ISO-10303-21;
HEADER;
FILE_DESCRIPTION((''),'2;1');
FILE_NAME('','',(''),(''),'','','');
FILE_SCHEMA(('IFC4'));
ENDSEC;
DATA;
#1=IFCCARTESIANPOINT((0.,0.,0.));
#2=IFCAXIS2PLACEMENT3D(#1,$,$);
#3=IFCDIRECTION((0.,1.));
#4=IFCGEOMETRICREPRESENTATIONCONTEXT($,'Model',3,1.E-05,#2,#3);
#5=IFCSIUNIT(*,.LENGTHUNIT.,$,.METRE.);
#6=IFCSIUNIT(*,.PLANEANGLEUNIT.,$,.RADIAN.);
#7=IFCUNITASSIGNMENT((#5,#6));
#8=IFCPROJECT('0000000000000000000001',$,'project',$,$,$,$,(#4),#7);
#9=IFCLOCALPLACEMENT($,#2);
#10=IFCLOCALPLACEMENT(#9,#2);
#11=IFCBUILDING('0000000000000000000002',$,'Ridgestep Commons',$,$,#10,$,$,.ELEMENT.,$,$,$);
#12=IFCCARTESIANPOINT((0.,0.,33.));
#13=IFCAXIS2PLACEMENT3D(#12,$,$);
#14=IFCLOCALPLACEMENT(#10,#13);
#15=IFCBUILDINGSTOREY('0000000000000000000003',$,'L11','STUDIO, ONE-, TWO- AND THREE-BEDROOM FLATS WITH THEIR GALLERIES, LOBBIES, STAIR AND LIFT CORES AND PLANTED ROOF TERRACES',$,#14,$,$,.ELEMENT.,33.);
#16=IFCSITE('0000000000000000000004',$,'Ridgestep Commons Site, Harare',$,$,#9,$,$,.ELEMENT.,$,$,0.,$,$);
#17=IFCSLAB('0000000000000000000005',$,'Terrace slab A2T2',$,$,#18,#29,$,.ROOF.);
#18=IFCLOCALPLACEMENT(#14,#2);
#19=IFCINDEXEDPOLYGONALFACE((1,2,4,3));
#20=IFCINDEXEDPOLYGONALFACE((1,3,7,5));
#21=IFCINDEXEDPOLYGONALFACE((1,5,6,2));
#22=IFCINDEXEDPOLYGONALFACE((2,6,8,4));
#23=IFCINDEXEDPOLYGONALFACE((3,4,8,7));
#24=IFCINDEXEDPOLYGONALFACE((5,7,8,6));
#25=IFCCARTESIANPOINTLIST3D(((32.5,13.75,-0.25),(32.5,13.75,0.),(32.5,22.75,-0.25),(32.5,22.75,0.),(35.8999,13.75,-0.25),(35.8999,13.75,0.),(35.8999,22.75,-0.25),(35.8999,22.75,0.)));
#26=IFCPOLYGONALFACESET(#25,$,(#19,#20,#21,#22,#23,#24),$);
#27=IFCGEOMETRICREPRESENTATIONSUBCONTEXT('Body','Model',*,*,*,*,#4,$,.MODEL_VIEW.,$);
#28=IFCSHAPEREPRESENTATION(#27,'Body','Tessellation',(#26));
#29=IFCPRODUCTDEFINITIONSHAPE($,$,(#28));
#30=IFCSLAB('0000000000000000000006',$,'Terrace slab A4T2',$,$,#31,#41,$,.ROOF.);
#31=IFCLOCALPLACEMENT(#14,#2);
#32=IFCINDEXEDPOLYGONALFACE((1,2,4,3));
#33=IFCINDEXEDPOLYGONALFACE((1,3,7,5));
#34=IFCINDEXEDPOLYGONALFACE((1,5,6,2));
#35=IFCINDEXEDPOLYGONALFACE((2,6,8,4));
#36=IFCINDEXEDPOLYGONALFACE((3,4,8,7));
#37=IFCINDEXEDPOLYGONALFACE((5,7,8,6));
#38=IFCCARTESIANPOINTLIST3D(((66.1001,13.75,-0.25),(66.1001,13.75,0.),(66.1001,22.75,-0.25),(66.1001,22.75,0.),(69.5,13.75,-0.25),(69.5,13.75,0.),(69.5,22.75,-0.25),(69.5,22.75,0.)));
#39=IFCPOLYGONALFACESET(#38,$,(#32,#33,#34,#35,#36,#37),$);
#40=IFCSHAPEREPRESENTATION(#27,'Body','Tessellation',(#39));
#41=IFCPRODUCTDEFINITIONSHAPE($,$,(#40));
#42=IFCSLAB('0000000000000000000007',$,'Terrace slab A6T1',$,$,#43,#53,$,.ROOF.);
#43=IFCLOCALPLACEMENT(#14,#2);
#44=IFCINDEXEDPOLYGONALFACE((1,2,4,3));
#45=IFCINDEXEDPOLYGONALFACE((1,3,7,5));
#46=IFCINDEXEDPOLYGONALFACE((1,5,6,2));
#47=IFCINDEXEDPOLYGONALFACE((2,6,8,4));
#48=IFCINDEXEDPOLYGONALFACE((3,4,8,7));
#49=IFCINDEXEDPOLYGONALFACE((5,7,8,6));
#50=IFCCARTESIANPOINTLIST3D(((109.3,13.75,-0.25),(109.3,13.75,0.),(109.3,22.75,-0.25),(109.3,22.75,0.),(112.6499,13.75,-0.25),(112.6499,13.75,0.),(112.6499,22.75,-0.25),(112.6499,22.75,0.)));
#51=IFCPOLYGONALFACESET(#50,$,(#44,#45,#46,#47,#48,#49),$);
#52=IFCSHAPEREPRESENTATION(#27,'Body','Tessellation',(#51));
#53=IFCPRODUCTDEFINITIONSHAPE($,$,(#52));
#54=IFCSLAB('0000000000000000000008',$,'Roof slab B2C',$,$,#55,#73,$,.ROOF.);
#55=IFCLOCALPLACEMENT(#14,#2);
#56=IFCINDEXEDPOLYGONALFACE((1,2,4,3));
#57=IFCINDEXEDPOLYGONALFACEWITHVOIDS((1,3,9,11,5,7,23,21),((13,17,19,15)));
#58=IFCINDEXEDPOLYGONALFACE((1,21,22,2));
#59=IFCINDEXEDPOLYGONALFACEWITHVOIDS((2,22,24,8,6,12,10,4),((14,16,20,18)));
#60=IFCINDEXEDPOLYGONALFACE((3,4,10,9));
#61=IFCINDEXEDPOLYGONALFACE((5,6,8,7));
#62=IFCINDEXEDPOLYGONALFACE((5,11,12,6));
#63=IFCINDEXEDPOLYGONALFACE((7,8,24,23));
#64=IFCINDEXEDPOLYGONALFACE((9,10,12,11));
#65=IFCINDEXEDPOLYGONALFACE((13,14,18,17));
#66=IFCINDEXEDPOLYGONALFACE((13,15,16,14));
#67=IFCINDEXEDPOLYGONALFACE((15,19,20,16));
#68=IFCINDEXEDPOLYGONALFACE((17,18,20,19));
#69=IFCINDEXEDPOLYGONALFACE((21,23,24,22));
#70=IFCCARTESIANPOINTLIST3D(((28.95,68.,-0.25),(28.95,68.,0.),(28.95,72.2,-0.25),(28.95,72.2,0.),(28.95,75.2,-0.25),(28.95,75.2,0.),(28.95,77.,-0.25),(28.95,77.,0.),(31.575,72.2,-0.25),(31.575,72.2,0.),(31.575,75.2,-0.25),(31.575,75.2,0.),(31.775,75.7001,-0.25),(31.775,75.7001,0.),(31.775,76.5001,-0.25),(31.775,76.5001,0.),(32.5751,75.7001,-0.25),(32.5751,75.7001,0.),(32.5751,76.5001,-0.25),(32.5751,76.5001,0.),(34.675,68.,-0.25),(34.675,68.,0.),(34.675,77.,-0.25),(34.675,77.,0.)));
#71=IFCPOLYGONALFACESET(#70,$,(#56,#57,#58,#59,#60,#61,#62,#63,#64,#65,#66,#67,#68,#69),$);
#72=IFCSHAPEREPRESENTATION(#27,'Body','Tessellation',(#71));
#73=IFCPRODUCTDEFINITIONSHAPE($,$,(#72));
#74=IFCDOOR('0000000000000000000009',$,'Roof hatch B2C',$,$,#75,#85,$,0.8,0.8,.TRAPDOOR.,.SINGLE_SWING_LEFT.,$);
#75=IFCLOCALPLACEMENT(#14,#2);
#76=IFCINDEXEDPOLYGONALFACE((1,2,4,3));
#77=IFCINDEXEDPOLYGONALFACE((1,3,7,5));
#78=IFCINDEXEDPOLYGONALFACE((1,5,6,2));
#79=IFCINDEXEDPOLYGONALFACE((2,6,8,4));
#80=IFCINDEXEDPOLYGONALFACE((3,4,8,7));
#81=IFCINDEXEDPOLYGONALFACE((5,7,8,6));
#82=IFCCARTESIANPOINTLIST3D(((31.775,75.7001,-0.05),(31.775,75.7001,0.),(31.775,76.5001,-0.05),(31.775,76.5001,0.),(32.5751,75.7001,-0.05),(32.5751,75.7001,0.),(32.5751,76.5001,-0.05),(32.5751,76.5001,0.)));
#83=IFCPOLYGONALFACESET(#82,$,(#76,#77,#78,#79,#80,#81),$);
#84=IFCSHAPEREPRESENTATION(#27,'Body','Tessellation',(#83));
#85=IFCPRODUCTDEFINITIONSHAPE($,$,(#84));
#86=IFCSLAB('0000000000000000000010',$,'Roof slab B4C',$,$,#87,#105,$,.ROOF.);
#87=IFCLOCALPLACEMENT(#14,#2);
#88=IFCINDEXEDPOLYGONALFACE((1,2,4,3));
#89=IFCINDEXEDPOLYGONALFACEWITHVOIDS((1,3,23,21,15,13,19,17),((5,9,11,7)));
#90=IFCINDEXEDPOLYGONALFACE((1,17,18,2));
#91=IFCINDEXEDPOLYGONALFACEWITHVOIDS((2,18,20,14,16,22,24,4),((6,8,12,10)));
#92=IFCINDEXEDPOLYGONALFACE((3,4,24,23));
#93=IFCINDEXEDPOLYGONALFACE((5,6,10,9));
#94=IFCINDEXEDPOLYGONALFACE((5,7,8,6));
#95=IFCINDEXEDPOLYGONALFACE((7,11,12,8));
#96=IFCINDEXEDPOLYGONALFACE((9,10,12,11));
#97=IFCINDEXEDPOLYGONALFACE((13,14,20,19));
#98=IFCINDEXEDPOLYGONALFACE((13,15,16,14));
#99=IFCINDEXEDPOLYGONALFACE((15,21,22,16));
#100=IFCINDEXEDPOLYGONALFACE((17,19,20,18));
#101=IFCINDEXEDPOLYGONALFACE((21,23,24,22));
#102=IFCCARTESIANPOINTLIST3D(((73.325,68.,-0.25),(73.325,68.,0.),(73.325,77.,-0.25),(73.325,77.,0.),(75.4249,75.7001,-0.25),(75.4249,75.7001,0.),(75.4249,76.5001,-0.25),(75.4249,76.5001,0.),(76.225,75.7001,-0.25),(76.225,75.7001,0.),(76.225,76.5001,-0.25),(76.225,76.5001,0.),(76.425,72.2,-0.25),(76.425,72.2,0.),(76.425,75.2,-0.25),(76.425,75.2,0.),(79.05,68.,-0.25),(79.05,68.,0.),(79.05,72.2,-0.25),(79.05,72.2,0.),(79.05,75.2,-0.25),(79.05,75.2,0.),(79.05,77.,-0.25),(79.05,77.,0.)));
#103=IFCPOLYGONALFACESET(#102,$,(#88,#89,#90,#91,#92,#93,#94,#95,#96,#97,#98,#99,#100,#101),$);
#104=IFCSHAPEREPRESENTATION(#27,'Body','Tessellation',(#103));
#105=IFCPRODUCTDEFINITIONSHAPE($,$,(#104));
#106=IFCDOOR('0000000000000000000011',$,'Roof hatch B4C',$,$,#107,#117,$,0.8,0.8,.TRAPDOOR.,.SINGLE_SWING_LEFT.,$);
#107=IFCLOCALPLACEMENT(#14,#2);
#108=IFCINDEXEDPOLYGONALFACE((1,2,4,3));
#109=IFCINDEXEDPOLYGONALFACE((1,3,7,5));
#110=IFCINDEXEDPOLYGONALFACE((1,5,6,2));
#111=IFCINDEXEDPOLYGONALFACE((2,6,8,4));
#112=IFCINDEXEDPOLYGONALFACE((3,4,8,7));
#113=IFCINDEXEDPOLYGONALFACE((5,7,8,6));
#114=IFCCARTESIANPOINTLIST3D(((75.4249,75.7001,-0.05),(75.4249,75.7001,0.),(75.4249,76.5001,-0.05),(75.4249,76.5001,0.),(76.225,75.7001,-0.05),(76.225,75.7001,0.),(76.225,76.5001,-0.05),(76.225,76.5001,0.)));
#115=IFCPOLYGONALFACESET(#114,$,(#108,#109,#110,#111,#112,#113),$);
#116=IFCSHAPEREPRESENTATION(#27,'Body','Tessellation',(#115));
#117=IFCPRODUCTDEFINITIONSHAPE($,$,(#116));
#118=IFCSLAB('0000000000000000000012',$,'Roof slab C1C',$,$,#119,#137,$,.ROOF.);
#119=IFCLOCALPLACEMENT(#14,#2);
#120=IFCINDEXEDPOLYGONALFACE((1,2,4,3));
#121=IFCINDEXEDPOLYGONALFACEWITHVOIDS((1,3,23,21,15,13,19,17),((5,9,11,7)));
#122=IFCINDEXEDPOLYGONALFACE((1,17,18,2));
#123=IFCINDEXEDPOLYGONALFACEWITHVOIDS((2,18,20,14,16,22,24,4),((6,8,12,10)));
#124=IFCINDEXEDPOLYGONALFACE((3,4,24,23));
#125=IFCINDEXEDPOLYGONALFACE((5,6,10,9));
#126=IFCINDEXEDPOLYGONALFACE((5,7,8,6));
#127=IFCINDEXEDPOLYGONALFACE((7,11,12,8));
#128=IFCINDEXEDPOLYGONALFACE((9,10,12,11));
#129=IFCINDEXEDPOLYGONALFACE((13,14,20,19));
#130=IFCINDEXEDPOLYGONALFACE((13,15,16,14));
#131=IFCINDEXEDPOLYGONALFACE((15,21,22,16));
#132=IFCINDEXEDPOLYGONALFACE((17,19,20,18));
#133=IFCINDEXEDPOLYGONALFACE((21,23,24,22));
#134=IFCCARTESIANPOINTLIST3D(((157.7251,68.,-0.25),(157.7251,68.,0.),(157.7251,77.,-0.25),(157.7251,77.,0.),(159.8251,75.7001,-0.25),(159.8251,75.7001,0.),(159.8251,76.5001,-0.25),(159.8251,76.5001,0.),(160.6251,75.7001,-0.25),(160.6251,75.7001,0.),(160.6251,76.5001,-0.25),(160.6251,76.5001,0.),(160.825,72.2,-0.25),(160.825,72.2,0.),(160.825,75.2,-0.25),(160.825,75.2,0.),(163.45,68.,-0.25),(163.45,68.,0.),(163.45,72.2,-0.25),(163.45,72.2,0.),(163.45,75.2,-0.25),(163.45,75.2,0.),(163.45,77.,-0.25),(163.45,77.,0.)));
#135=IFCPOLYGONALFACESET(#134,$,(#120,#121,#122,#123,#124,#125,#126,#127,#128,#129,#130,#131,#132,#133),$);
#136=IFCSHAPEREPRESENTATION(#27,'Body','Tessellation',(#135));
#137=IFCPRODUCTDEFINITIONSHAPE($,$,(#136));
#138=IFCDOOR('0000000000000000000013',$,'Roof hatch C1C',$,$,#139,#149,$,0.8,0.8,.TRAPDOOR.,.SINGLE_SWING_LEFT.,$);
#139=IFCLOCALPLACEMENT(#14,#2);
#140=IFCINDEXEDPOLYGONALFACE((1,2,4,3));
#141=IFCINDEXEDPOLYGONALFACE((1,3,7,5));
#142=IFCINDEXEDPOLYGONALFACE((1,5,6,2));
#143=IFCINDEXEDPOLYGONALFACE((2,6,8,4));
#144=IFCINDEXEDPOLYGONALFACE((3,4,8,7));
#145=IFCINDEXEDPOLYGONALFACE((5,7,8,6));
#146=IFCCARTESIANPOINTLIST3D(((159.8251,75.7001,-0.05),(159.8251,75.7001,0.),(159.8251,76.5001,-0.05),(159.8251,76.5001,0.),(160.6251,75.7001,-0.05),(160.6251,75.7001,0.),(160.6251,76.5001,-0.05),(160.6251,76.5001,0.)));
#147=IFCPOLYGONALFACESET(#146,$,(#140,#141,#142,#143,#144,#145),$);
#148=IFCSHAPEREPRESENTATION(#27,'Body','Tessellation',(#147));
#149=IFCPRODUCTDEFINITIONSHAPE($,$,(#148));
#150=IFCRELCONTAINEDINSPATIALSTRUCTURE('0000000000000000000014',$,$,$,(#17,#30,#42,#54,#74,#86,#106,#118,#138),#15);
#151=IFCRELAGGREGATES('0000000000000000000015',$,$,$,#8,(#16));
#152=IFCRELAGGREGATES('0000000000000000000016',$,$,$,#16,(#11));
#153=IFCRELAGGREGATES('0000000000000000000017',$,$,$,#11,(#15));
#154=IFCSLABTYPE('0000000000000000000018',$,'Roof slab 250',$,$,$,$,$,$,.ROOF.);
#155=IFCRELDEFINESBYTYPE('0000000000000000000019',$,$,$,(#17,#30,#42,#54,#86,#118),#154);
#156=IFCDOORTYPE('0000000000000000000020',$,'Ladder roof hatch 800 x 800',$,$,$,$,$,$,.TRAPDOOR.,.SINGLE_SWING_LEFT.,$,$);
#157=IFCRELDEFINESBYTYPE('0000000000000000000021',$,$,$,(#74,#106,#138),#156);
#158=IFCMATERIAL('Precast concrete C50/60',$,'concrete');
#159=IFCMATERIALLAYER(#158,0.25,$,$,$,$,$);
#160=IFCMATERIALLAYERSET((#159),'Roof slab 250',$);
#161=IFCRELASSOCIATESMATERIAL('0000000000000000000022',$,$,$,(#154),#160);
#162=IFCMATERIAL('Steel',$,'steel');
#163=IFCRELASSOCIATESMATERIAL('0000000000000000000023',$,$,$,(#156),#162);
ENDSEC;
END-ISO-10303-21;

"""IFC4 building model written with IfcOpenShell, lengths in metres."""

from ifc_helpers import new_model, si_unit, direction, frame, origin, origin_2d, place, context, subcontext, project, spatial, polyline, rectangle, outline, extrude, material, layer, layer_set, type_object, element, fill, save


model = new_model("IFC4")

# Units and contexts
model_context = context("Model", 3, precision=1e-05, world=origin(), true_north=direction((0.0, 1.0)))
body_context = subcontext(model_context, "Body", "Model", "MODEL_VIEW")
ifc_project = project(units=[si_unit("LENGTHUNIT", "METRE"), si_unit("PLANEANGLEUNIT", "RADIAN")], contexts=[model_context])

# Site, building, storey
site_placement = place(None, origin())
site = spatial("IfcSite", under=ifc_project, at=site_placement, Name="Ridgestep Commons Site, Harare", CompositionType="ELEMENT", RefElevation=0.0)
building_placement = place(site_placement, origin())
building = spatial("IfcBuilding", under=site, at=building_placement, Name="Ridgestep Commons", CompositionType="ELEMENT")
storey_placement = place(building_placement, frame((0.0, 0.0, 33.0)))
storey = spatial("IfcBuildingStorey", under=building, at=storey_placement, Name="L11", Description="STUDIO, ONE-, TWO- AND THREE-BEDROOM FLATS WITH THEIR GALLERIES, LOBBIES, STAIR AND LIFT CORES AND PLANTED ROOF TERRACES", CompositionType="ELEMENT", Elevation=33.0)

# Slabs
ifc_material_1 = material(Name="Precast concrete C50/60", Category="concrete")
ifc_layer_1 = layer(ifc_material_1, 0.25)
ifc_layer_set_1 = layer_set([ifc_layer_1], Name="Roof slab 250")
slab_type_1 = type_object("IfcSlabType", Name="Roof slab 250", PredefinedType="ROOF", material=ifc_layer_set_1)
slab_1_placement = place(storey_placement, frame((0.0, 0.0, -0.25)))
element("IfcSlab", 1, at=slab_1_placement, inside=storey, type_object=slab_type_1, Name="Terrace slab A2T2", PredefinedType="ROOF", context=body_context, shape_type="SweptSolid", body=[
    extrude(outline(polyline([(35.8999, 13.75), (35.8999, 22.75), (32.5, 22.75), (32.5, 13.75), (35.8999, 13.75)])), origin(), (0.0, 0.0, 1.0), 0.25),
])
slab_2_placement = place(storey_placement, frame((0.0, 0.0, -0.25)))
element("IfcSlab", 2, at=slab_2_placement, inside=storey, type_object=slab_type_1, Name="Terrace slab A4T2", PredefinedType="ROOF", context=body_context, shape_type="SweptSolid", body=[
    extrude(outline(polyline([(69.5, 13.75), (69.5, 22.75), (66.1001, 22.75), (66.1001, 13.75), (69.5, 13.75)])), origin(), (0.0, 0.0, 1.0), 0.25),
])
slab_3_placement = place(storey_placement, frame((0.0, 0.0, -0.25)))
element("IfcSlab", 3, at=slab_3_placement, inside=storey, type_object=slab_type_1, Name="Terrace slab A6T1", PredefinedType="ROOF", context=body_context, shape_type="SweptSolid", body=[
    extrude(outline(polyline([(112.6499, 13.75), (112.6499, 22.75), (109.3, 22.75), (109.3, 13.75), (112.6499, 13.75)])), origin(), (0.0, 0.0, 1.0), 0.25),
])

# Slabs, openings, doors
slab_4_placement = place(storey_placement, frame((0.0, 0.0, -0.25)))
slab_4 = element("IfcSlab", 4, at=slab_4_placement, inside=storey, type_object=slab_type_1, Name="Roof slab B2C", PredefinedType="ROOF", context=body_context, shape_type="SweptSolid", body=[
    extrude(outline(polyline([(28.95, 77.0), (28.95, 75.2), (31.575, 75.2), (31.575, 72.2), (28.95, 72.2), (28.95, 68.0), (34.675, 68.0), (34.675, 77.0), (28.95, 77.0)])), origin(), (0.0, 0.0, 1.0), 0.25),
])
opening_1_placement = place(slab_4_placement, frame((32.175, 76.1001, 0.0)))
opening_1 = element("IfcOpeningElement", 5, at=opening_1_placement, cuts=slab_4, PredefinedType="OPENING", context=body_context, shape_type="SweptSolid", body=[
    extrude(rectangle(XDim=0.8, YDim=0.8, at=origin_2d()), origin(), (0.0, 0.0, 1.0), 0.25),
])
ifc_material_2 = material(Name="Steel", Category="steel")
door_type = type_object("IfcDoorType", Name="Ladder roof hatch 800 x 800", OperationType="SINGLE_SWING_LEFT", PredefinedType="TRAPDOOR", material=ifc_material_2)
door_1_placement = place(opening_1_placement, frame((0.0, 0.0, 0.2)))
door_1 = element("IfcDoor", 6, at=door_1_placement, inside=storey, type_object=door_type, Name="Roof hatch B2C", OperationType="SINGLE_SWING_LEFT", OverallHeight=0.8, OverallWidth=0.8, PredefinedType="TRAPDOOR", context=body_context, shape_type="SweptSolid", body=[
    extrude(rectangle(XDim=0.8, YDim=0.8, at=origin_2d()), origin(), (0.0, 0.0, 1.0), 0.05),
])
fill(opening_1, door_1)
slab_5_placement = place(storey_placement, frame((0.0, 0.0, -0.25)))
slab_5 = element("IfcSlab", 7, at=slab_5_placement, inside=storey, type_object=slab_type_1, Name="Roof slab B4C", PredefinedType="ROOF", context=body_context, shape_type="SweptSolid", body=[
    extrude(outline(polyline([(79.05, 68.0), (79.05, 72.2), (76.425, 72.2), (76.425, 75.2), (79.05, 75.2), (79.05, 77.0), (73.325, 77.0), (73.325, 68.0), (79.05, 68.0)])), origin(), (0.0, 0.0, 1.0), 0.25),
])
opening_2_placement = place(slab_5_placement, frame((75.825, 76.1001, 0.0)))
opening_2 = element("IfcOpeningElement", 8, at=opening_2_placement, cuts=slab_5, PredefinedType="OPENING", context=body_context, shape_type="SweptSolid", body=[
    extrude(rectangle(XDim=0.8, YDim=0.8, at=origin_2d()), origin(), (0.0, 0.0, 1.0), 0.25),
])
door_2_placement = place(opening_2_placement, frame((0.0, 0.0, 0.2)))
door_2 = element("IfcDoor", 9, at=door_2_placement, inside=storey, type_object=door_type, Name="Roof hatch B4C", OperationType="SINGLE_SWING_LEFT", OverallHeight=0.8, OverallWidth=0.8, PredefinedType="TRAPDOOR", context=body_context, shape_type="SweptSolid", body=[
    extrude(rectangle(XDim=0.8, YDim=0.8, at=origin_2d()), origin(), (0.0, 0.0, 1.0), 0.05),
])
fill(opening_2, door_2)
slab_6_placement = place(storey_placement, frame((0.0, 0.0, -0.25)))
slab_6 = element("IfcSlab", 10, at=slab_6_placement, inside=storey, type_object=slab_type_1, Name="Roof slab C1C", PredefinedType="ROOF", context=body_context, shape_type="SweptSolid", body=[
    extrude(outline(polyline([(163.45, 68.0), (163.45, 72.2), (160.825, 72.2), (160.825, 75.2), (163.45, 75.2), (163.45, 77.0), (157.7251, 77.0), (157.7251, 68.0), (163.45, 68.0)])), origin(), (0.0, 0.0, 1.0), 0.25),
])
opening_3_placement = place(slab_6_placement, frame((160.2251, 76.1001, 0.0)))
opening_3 = element("IfcOpeningElement", 11, at=opening_3_placement, cuts=slab_6, PredefinedType="OPENING", context=body_context, shape_type="SweptSolid", body=[
    extrude(rectangle(XDim=0.8, YDim=0.8, at=origin_2d()), origin(), (0.0, 0.0, 1.0), 0.25),
])
door_3_placement = place(opening_3_placement, frame((0.0, 0.0, 0.2)))
door_3 = element("IfcDoor", 12, at=door_3_placement, inside=storey, type_object=door_type, Name="Roof hatch C1C", OperationType="SINGLE_SWING_LEFT", OverallHeight=0.8, OverallWidth=0.8, PredefinedType="TRAPDOOR", context=body_context, shape_type="SweptSolid", body=[
    extrude(rectangle(XDim=0.8, YDim=0.8, at=origin_2d()), origin(), (0.0, 0.0, 1.0), 0.05),
])
fill(opening_3, door_3)

save(model, "model.ifc")
